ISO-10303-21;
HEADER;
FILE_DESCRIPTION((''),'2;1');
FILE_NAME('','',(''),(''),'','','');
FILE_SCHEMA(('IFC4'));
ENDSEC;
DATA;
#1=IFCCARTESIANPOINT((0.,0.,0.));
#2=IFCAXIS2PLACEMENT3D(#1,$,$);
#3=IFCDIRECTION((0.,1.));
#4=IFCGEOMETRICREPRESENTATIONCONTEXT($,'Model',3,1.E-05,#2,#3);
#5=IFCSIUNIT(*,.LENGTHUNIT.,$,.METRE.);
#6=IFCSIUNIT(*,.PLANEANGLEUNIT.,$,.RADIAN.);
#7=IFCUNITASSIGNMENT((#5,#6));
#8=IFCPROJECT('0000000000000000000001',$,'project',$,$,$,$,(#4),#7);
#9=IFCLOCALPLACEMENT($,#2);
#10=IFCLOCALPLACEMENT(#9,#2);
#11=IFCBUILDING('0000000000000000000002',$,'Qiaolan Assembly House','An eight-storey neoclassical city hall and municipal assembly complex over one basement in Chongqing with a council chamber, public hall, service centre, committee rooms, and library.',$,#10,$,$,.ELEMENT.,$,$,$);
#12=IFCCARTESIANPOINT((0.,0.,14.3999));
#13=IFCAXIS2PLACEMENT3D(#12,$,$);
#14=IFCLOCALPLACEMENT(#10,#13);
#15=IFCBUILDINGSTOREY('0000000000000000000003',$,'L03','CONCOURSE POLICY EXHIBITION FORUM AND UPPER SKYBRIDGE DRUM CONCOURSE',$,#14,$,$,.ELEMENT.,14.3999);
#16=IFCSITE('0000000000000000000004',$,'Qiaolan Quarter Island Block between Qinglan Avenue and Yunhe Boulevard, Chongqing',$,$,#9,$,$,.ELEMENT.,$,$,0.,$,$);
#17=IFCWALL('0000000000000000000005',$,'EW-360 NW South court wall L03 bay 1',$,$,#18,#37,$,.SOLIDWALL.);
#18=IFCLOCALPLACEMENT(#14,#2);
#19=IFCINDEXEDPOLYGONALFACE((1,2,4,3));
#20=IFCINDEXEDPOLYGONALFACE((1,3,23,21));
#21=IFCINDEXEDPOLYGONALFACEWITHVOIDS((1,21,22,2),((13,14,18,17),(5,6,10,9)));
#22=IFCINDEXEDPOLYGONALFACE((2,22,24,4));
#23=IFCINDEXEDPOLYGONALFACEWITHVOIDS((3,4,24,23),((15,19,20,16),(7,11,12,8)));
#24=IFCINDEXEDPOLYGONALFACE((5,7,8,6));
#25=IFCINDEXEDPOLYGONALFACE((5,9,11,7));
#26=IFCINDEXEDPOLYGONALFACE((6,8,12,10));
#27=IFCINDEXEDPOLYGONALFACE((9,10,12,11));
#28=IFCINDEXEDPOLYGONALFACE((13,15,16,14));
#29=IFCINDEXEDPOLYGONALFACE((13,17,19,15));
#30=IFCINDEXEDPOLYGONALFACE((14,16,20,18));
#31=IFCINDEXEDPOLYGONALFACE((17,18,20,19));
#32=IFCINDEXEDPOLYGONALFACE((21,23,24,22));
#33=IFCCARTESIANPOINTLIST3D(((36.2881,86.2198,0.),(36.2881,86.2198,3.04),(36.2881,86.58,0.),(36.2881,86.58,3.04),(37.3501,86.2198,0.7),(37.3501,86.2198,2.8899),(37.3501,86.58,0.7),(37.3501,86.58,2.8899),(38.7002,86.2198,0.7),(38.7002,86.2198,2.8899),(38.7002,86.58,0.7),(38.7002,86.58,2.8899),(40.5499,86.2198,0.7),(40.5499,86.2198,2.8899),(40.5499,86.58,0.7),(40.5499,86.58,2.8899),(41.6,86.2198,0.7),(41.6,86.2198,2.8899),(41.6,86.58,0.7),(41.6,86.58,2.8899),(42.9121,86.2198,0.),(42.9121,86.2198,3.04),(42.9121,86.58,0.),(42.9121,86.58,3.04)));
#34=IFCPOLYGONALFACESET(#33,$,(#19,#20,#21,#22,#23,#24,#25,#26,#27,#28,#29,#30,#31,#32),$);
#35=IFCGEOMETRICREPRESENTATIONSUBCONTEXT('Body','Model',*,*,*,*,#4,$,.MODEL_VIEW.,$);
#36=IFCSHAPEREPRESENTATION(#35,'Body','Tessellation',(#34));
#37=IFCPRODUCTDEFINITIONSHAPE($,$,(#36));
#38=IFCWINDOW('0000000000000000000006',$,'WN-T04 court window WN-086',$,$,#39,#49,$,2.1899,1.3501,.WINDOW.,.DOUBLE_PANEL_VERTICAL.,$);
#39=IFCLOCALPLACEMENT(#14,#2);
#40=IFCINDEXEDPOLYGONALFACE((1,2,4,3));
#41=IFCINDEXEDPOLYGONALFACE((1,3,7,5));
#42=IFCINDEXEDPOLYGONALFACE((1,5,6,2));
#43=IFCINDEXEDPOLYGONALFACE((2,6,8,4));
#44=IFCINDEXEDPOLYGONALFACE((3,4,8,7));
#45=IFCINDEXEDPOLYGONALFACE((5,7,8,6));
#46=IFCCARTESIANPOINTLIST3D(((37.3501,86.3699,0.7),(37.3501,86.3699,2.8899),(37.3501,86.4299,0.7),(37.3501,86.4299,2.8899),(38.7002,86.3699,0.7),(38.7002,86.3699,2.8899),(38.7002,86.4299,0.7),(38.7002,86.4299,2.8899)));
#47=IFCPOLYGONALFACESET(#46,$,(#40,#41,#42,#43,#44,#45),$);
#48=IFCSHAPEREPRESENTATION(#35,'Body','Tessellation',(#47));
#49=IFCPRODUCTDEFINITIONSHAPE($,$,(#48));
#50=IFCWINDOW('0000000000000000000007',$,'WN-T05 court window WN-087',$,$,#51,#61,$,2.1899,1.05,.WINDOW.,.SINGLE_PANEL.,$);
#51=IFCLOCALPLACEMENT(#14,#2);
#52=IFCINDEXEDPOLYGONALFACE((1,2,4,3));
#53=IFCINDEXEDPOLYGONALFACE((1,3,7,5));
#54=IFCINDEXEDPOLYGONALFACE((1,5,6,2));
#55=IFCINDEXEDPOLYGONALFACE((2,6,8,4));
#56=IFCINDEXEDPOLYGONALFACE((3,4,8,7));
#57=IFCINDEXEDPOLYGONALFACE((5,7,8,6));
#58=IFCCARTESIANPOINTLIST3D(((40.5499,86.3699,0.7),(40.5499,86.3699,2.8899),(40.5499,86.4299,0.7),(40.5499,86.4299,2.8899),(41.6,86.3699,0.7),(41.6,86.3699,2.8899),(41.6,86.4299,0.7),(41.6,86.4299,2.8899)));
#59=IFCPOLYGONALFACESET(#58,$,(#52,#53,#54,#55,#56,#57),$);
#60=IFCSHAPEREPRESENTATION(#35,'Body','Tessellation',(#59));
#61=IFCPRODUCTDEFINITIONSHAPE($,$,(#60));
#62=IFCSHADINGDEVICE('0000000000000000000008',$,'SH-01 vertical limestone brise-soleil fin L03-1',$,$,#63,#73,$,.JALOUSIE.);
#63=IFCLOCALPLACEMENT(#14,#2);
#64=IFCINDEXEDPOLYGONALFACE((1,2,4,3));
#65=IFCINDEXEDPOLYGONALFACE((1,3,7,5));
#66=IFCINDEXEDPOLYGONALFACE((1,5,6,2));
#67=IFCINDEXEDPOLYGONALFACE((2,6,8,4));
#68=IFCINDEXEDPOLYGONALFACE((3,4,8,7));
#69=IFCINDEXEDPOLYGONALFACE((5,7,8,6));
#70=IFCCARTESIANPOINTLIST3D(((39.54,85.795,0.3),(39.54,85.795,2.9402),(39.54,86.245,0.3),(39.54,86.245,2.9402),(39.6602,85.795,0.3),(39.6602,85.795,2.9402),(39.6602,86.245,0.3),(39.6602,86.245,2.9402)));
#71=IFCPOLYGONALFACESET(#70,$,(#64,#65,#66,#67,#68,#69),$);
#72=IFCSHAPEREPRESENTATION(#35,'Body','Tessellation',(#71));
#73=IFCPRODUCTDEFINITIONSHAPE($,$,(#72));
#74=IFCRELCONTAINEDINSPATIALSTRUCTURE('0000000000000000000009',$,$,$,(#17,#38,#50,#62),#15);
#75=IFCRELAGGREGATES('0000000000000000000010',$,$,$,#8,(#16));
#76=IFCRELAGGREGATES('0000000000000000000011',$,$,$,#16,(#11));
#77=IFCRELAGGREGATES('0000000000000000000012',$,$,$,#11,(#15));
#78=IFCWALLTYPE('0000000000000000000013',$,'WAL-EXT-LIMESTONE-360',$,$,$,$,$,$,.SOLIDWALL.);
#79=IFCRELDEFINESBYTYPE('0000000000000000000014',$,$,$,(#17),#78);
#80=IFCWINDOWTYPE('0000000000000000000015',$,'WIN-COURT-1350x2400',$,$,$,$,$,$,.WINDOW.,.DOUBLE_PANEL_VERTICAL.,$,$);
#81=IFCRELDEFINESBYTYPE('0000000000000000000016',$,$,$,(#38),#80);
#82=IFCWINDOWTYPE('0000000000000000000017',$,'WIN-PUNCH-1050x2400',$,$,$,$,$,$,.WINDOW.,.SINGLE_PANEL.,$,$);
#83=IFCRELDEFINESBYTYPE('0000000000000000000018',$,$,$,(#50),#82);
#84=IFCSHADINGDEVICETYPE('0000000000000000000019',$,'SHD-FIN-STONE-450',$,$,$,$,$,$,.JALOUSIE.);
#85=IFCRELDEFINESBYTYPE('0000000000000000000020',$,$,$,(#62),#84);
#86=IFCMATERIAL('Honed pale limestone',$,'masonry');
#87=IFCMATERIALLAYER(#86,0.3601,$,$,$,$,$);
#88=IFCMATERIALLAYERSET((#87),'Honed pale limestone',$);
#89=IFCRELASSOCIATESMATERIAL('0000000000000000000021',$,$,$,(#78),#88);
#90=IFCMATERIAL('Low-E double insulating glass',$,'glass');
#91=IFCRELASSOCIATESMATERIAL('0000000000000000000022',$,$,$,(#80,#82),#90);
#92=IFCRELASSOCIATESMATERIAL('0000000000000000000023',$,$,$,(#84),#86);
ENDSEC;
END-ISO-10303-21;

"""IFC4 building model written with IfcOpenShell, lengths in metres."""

from ifc_helpers import new_model, si_unit, direction, frame, frame_2d, origin, origin_2d, place, context, subcontext, project, spatial, rectangle, extrude, material, layer, layer_set, material_profile, profile_set, type_object, element, fill, save


model = new_model("IFC4")

# Units and contexts
model_context = context("Model", 3, precision=1e-05, world=origin(), true_north=direction((0.0, 1.0)))
body_context = subcontext(model_context, "Body", "Model", "MODEL_VIEW")
ifc_project = project(units=[si_unit("LENGTHUNIT", "METRE"), si_unit("PLANEANGLEUNIT", "RADIAN")], contexts=[model_context])

# Site, building, storey
site_placement = place(None, origin())
site = spatial("IfcSite", under=ifc_project, at=site_placement, Name="Qiaolan Quarter Island Block between Qinglan Avenue and Yunhe Boulevard, Chongqing", CompositionType="ELEMENT", RefElevation=0.0)
building_placement = place(site_placement, origin())
building = spatial("IfcBuilding", under=site, at=building_placement, Name="Qiaolan Assembly House", Description="An eight-storey neoclassical city hall and municipal assembly complex over one basement in Chongqing with a council chamber, public hall, service centre, committee rooms, and library.", CompositionType="ELEMENT")
storey_placement = place(building_placement, frame((0.0, 0.0, 14.3999)))
storey = spatial("IfcBuildingStorey", under=building, at=storey_placement, Name="L03", Description="CONCOURSE POLICY EXHIBITION FORUM AND UPPER SKYBRIDGE DRUM CONCOURSE", CompositionType="ELEMENT", Elevation=14.3999)

# Shared definitions
ifc_material_1 = material(Name="Low-E double insulating glass", Category="glass")

# Wall, openings, windows
ifc_material_2 = material(Name="Honed pale limestone", Category="masonry")
ifc_layer_1 = layer(ifc_material_2, 0.3601)
ifc_layer_set_1 = layer_set([ifc_layer_1], Name="Honed pale limestone")
wall_type = type_object("IfcWallType", Name="WAL-EXT-LIMESTONE-360", PredefinedType="SOLIDWALL", material=ifc_layer_set_1)
wall_placement = place(storey_placement, frame((36.2881, 86.3999, 0.0), z_axis=(0.0, 0.0, 1.0), x_axis=(1.0, 0.0, 0.0)))
wall = element("IfcWall", 1, at=wall_placement, inside=storey, type_object=wall_type, Name="EW-360 NW South court wall L03 bay 1", PredefinedType="SOLIDWALL", context=body_context, shape_type="SweptSolid", body=[
    extrude(rectangle(XDim=6.624, YDim=0.3601, at=frame_2d((3.312, 0.0))), origin(), (0.0, 0.0, 1.0), 3.04),
])
opening_1_placement = place(wall_placement, frame((1.062, 0.0, 0.7)))
opening_1 = element("IfcOpeningElement", 2, at=opening_1_placement, cuts=wall, PredefinedType="OPENING", context=body_context, shape_type="SweptSolid", body=[
    extrude(rectangle(XDim=1.3501, YDim=2.1899, at=frame_2d((0.675, 1.095))), frame((0.0, 0.1899, 0.0), z_axis=(0.0, -1.0, 0.0), x_axis=(1.0, 0.0, 0.0)), (0.0, 0.0, 1.0), 0.3801),
])
opening_2_placement = place(wall_placement, frame((4.262, 0.0, 0.7)))
opening_2 = element("IfcOpeningElement", 3, at=opening_2_placement, cuts=wall, PredefinedType="OPENING", context=body_context, shape_type="SweptSolid", body=[
    extrude(rectangle(XDim=1.05, YDim=2.1899, at=frame_2d((0.5249, 1.095))), frame((0.0, 0.1899, 0.0), z_axis=(0.0, -1.0, 0.0), x_axis=(1.0, 0.0, 0.0)), (0.0, 0.0, 1.0), 0.3801),
])
window_type_1 = type_object("IfcWindowType", Name="WIN-COURT-1350x2400", PartitioningType="DOUBLE_PANEL_VERTICAL", PredefinedType="WINDOW", material=ifc_material_1)
window_1_placement = place(opening_1_placement, origin())
window_1 = element("IfcWindow", 4, at=window_1_placement, inside=storey, type_object=window_type_1, Name="WN-T04 court window WN-086", OverallHeight=2.1899, OverallWidth=1.3501, PartitioningType="DOUBLE_PANEL_VERTICAL", PredefinedType="WINDOW", context=body_context, shape_type="SweptSolid", body=[
    extrude(rectangle(XDim=1.3501, YDim=2.1899, at=frame_2d((0.675, 1.095))), frame((0.0, 0.03, 0.0), z_axis=(0.0, -1.0, 0.0), x_axis=(1.0, 0.0, 0.0)), (0.0, 0.0, 1.0), 0.0601),
])
fill(opening_1, window_1)
window_type_2 = type_object("IfcWindowType", Name="WIN-PUNCH-1050x2400", PartitioningType="SINGLE_PANEL", PredefinedType="WINDOW", material=ifc_material_1)
window_2_placement = place(opening_2_placement, origin())
window_2 = element("IfcWindow", 5, at=window_2_placement, inside=storey, type_object=window_type_2, Name="WN-T05 court window WN-087", OverallHeight=2.1899, OverallWidth=1.05, PartitioningType="SINGLE_PANEL", PredefinedType="WINDOW", context=body_context, shape_type="SweptSolid", body=[
    extrude(rectangle(XDim=1.05, YDim=2.1899, at=frame_2d((0.5249, 1.095))), frame((0.0, 0.03, 0.0), z_axis=(0.0, -1.0, 0.0), x_axis=(1.0, 0.0, 0.0)), (0.0, 0.0, 1.0), 0.0601),
])
fill(opening_2, window_2)

# Shading device
ifc_material_profile_1 = material_profile(ifc_material_2, rectangle(XDim=0.1201, YDim=0.45, at=origin_2d()), Name="FIN 120x450")
ifc_profile_set_1 = profile_set([ifc_material_profile_1], Name="Honed pale limestone")
shading_device_type = type_object("IfcShadingDeviceType", Name="SHD-FIN-STONE-450", PredefinedType="JALOUSIE", material=ifc_profile_set_1)
shading_device_placement = place(storey_placement, frame((39.6001, 86.02, 0.3), z_axis=(0.0, 0.0, 1.0), x_axis=(1.0, 0.0, 0.0)))
element("IfcShadingDevice", 6, at=shading_device_placement, inside=storey, type_object=shading_device_type, Name="SH-01 vertical limestone brise-soleil fin L03-1", PredefinedType="JALOUSIE", context=body_context, shape_type="SweptSolid", body=[
    extrude(rectangle(XDim=0.1201, YDim=0.45, at=origin_2d()), origin(), (0.0, 0.0, 1.0), 2.6401),
])

save(model, "model.ifc")
